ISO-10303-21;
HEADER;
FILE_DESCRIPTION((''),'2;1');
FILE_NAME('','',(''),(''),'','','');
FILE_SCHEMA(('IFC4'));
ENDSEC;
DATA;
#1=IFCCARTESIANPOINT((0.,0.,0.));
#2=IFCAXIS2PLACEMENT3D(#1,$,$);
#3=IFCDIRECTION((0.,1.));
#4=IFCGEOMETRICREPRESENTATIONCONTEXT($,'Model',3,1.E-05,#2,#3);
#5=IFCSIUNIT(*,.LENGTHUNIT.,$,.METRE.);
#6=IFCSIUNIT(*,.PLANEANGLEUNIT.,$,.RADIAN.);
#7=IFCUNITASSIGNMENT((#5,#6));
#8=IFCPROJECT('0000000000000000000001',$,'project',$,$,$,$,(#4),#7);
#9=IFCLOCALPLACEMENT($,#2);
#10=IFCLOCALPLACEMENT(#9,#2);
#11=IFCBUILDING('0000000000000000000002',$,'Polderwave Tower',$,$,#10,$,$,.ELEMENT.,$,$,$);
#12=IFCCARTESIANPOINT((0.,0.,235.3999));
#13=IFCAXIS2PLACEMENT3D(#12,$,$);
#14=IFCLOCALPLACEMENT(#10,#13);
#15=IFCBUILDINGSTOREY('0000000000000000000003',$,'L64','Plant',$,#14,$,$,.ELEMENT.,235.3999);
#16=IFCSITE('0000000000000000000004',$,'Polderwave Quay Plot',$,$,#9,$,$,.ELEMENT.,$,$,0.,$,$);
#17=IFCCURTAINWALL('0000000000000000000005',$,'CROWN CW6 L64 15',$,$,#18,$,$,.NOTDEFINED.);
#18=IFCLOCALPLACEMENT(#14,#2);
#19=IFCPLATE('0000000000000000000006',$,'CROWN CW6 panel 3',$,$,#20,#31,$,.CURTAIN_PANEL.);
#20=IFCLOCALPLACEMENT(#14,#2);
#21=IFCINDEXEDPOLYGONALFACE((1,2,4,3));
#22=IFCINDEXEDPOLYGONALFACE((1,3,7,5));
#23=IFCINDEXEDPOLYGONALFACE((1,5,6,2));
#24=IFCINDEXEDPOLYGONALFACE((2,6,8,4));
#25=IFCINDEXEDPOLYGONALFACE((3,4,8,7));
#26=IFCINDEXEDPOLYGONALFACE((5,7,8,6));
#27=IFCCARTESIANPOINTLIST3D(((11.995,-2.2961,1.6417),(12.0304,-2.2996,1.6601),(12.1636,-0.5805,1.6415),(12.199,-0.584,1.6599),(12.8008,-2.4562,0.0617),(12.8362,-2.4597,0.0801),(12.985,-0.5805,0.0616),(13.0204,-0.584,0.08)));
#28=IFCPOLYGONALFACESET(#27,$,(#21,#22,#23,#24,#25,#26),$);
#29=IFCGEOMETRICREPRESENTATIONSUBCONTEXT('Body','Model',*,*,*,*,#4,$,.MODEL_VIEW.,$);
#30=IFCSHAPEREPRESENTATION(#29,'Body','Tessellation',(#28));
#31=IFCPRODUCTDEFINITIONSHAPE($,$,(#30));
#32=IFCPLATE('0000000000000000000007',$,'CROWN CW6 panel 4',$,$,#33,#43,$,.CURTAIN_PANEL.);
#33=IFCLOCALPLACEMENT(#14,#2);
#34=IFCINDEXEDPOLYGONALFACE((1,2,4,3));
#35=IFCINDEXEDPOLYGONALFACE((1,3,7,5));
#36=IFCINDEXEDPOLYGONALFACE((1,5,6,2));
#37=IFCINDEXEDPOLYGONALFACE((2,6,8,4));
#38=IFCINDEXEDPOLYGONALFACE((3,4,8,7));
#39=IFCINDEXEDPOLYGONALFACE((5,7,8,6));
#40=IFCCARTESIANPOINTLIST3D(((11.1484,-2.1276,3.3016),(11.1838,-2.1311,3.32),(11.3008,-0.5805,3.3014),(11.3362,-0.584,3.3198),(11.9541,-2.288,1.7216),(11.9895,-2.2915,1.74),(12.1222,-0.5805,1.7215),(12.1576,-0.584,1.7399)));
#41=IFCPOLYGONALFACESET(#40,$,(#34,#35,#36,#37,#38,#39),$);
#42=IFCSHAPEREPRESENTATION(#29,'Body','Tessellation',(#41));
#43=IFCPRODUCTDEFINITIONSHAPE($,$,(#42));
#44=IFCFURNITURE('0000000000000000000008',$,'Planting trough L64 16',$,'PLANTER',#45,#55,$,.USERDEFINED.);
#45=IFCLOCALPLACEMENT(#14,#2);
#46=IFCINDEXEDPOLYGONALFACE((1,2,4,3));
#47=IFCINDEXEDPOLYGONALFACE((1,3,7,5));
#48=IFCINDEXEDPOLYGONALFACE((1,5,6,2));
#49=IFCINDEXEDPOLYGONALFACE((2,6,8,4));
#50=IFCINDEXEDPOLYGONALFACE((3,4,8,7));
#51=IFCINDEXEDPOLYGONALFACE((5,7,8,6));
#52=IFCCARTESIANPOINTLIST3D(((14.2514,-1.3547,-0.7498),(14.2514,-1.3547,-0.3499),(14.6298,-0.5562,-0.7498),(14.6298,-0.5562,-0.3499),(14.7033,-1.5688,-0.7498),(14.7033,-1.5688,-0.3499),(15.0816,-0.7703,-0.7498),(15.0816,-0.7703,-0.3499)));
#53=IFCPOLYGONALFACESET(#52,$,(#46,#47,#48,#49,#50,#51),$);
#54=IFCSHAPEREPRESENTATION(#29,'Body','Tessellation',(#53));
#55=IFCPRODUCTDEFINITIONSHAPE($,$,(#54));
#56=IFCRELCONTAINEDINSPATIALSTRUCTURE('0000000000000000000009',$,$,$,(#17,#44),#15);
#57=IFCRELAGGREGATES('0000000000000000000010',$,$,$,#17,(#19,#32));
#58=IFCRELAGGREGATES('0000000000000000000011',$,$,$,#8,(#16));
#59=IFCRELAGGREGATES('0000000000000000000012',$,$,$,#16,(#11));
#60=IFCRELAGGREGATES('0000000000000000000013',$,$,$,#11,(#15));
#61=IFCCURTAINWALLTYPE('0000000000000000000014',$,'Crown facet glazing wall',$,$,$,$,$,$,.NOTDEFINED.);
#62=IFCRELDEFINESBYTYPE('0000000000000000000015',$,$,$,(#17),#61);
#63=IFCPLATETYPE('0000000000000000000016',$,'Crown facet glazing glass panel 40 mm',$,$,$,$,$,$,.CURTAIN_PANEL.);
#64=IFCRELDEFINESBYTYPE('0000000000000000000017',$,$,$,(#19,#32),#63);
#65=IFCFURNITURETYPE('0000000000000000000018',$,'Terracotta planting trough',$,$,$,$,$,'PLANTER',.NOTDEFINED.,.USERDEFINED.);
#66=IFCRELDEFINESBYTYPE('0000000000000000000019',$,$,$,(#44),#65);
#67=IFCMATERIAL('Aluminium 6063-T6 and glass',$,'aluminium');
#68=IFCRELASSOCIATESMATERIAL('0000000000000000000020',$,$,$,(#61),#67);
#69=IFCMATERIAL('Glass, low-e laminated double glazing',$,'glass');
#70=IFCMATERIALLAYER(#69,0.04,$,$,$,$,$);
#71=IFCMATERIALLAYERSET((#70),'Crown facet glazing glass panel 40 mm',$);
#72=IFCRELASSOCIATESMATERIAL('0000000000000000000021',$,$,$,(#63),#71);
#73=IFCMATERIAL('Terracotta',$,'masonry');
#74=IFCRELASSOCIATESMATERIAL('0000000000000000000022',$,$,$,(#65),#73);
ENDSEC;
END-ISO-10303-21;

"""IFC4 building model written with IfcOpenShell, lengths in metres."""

from ifc_helpers import new_model, si_unit, direction, frame, origin, origin_2d, place, context, subcontext, project, spatial, polyline, rectangle, outline, extrude, material, layer, layer_set, type_object, element, aggregate, save


model = new_model("IFC4")

# Units and contexts
model_context = context("Model", 3, precision=1e-05, world=origin(), true_north=direction((0.0, 1.0)))
body_context = subcontext(model_context, "Body", "Model", "MODEL_VIEW")
ifc_project = project(units=[si_unit("LENGTHUNIT", "METRE"), si_unit("PLANEANGLEUNIT", "RADIAN")], contexts=[model_context])

# Site, building, storey
site_placement = place(None, origin())
site = spatial("IfcSite", under=ifc_project, at=site_placement, Name="Polderwave Quay Plot", CompositionType="ELEMENT", RefElevation=0.0)
building_placement = place(site_placement, origin())
building = spatial("IfcBuilding", under=site, at=building_placement, Name="Polderwave Tower", CompositionType="ELEMENT")
storey_placement = place(building_placement, frame((0.0, 0.0, 235.3999)))
storey = spatial("IfcBuildingStorey", under=building, at=storey_placement, Name="L64", Description="Plant", CompositionType="ELEMENT", Elevation=235.3999)

# Shared definitions
ifc_material_1 = material(Name="Aluminium 6063-T6 and glass", Category="aluminium")
curtain_wall_type = type_object("IfcCurtainWallType", Name="Crown facet glazing wall", PredefinedType="NOTDEFINED", material=ifc_material_1)

# Curtain wall
curtain_wall_1_placement = place(storey_placement, origin())
curtain_wall_1 = element("IfcCurtainWall", 1, at=curtain_wall_1_placement, inside=storey, type_object=curtain_wall_type, Name="CROWN CW6 L64 15", PredefinedType="NOTDEFINED")

# Plates
ifc_material_2 = material(Name="Glass, low-e laminated double glazing", Category="glass")
ifc_layer = layer(ifc_material_2, 0.04)
ifc_layer_set = layer_set([ifc_layer], Name="Crown facet glazing glass panel 40 mm")
plate_type = type_object("IfcPlateType", Name="Crown facet glazing glass panel 40 mm", PredefinedType="CURTAIN_PANEL", material=ifc_layer_set)
plate_1_placement = place(storey_placement, frame((12.8362, -2.4597, 0.0801), z_axis=(0.883895, -0.086796, 0.459561), x_axis=(0.097742, 0.995212, -0.000029)))
plate_1 = element("IfcPlate", 2, at=plate_1_placement, type_object=plate_type, Name="CROWN CW6 panel 3", PredefinedType="CURTAIN_PANEL", context=body_context, shape_type="SweptSolid", body=[
    extrude(outline(polyline([(0.0, 0.0), (1.8848, 0.0), (1.8044, 1.7789), (0.0806, 1.779), (0.0, 0.0)])), origin(), (0.0, 0.0, -1.0), 0.04),
])
plate_2_placement = place(storey_placement, frame((11.9895, -2.2915, 1.74), z_axis=(0.88387, -0.08702, 0.459566), x_axis=(0.097992, 0.995187, -0.000024)))
plate_2 = element("IfcPlate", 3, at=plate_2_placement, type_object=plate_type, Name="CROWN CW6 panel 4", PredefinedType="CURTAIN_PANEL", context=body_context, shape_type="SweptSolid", body=[
    extrude(outline(polyline([(0.0, 0.0), (1.7158, 0.0), (1.6352, 1.7788), (0.0806, 1.779), (0.0, 0.0)])), origin(), (0.0, 0.0, -1.0), 0.04),
])
aggregate(curtain_wall_1, [plate_1, plate_2])

# Furniture
ifc_material_3 = material(Name="Terracotta", Category="masonry")
furniture_type = type_object("IfcFurnitureType", Name="Terracotta planting trough", ElementType="PLANTER", AssemblyPlace="NOTDEFINED", PredefinedType="USERDEFINED", material=ifc_material_3)
furniture_placement = place(storey_placement, frame((14.6665, -1.0625, -0.7498), z_axis=(0.0, 0.0, 1.0), x_axis=(0.428202, 0.903683, 0.0)))
element("IfcFurniture", 4, at=furniture_placement, inside=storey, type_object=furniture_type, Name="Planting trough L64 16", ObjectType="PLANTER", PredefinedType="USERDEFINED", context=body_context, shape_type="SweptSolid", body=[
    extrude(rectangle(XDim=0.8835, YDim=0.5, at=origin_2d()), origin(), (0.0, 0.0, 1.0), 0.3999),
])

save(model, "model.ifc")
